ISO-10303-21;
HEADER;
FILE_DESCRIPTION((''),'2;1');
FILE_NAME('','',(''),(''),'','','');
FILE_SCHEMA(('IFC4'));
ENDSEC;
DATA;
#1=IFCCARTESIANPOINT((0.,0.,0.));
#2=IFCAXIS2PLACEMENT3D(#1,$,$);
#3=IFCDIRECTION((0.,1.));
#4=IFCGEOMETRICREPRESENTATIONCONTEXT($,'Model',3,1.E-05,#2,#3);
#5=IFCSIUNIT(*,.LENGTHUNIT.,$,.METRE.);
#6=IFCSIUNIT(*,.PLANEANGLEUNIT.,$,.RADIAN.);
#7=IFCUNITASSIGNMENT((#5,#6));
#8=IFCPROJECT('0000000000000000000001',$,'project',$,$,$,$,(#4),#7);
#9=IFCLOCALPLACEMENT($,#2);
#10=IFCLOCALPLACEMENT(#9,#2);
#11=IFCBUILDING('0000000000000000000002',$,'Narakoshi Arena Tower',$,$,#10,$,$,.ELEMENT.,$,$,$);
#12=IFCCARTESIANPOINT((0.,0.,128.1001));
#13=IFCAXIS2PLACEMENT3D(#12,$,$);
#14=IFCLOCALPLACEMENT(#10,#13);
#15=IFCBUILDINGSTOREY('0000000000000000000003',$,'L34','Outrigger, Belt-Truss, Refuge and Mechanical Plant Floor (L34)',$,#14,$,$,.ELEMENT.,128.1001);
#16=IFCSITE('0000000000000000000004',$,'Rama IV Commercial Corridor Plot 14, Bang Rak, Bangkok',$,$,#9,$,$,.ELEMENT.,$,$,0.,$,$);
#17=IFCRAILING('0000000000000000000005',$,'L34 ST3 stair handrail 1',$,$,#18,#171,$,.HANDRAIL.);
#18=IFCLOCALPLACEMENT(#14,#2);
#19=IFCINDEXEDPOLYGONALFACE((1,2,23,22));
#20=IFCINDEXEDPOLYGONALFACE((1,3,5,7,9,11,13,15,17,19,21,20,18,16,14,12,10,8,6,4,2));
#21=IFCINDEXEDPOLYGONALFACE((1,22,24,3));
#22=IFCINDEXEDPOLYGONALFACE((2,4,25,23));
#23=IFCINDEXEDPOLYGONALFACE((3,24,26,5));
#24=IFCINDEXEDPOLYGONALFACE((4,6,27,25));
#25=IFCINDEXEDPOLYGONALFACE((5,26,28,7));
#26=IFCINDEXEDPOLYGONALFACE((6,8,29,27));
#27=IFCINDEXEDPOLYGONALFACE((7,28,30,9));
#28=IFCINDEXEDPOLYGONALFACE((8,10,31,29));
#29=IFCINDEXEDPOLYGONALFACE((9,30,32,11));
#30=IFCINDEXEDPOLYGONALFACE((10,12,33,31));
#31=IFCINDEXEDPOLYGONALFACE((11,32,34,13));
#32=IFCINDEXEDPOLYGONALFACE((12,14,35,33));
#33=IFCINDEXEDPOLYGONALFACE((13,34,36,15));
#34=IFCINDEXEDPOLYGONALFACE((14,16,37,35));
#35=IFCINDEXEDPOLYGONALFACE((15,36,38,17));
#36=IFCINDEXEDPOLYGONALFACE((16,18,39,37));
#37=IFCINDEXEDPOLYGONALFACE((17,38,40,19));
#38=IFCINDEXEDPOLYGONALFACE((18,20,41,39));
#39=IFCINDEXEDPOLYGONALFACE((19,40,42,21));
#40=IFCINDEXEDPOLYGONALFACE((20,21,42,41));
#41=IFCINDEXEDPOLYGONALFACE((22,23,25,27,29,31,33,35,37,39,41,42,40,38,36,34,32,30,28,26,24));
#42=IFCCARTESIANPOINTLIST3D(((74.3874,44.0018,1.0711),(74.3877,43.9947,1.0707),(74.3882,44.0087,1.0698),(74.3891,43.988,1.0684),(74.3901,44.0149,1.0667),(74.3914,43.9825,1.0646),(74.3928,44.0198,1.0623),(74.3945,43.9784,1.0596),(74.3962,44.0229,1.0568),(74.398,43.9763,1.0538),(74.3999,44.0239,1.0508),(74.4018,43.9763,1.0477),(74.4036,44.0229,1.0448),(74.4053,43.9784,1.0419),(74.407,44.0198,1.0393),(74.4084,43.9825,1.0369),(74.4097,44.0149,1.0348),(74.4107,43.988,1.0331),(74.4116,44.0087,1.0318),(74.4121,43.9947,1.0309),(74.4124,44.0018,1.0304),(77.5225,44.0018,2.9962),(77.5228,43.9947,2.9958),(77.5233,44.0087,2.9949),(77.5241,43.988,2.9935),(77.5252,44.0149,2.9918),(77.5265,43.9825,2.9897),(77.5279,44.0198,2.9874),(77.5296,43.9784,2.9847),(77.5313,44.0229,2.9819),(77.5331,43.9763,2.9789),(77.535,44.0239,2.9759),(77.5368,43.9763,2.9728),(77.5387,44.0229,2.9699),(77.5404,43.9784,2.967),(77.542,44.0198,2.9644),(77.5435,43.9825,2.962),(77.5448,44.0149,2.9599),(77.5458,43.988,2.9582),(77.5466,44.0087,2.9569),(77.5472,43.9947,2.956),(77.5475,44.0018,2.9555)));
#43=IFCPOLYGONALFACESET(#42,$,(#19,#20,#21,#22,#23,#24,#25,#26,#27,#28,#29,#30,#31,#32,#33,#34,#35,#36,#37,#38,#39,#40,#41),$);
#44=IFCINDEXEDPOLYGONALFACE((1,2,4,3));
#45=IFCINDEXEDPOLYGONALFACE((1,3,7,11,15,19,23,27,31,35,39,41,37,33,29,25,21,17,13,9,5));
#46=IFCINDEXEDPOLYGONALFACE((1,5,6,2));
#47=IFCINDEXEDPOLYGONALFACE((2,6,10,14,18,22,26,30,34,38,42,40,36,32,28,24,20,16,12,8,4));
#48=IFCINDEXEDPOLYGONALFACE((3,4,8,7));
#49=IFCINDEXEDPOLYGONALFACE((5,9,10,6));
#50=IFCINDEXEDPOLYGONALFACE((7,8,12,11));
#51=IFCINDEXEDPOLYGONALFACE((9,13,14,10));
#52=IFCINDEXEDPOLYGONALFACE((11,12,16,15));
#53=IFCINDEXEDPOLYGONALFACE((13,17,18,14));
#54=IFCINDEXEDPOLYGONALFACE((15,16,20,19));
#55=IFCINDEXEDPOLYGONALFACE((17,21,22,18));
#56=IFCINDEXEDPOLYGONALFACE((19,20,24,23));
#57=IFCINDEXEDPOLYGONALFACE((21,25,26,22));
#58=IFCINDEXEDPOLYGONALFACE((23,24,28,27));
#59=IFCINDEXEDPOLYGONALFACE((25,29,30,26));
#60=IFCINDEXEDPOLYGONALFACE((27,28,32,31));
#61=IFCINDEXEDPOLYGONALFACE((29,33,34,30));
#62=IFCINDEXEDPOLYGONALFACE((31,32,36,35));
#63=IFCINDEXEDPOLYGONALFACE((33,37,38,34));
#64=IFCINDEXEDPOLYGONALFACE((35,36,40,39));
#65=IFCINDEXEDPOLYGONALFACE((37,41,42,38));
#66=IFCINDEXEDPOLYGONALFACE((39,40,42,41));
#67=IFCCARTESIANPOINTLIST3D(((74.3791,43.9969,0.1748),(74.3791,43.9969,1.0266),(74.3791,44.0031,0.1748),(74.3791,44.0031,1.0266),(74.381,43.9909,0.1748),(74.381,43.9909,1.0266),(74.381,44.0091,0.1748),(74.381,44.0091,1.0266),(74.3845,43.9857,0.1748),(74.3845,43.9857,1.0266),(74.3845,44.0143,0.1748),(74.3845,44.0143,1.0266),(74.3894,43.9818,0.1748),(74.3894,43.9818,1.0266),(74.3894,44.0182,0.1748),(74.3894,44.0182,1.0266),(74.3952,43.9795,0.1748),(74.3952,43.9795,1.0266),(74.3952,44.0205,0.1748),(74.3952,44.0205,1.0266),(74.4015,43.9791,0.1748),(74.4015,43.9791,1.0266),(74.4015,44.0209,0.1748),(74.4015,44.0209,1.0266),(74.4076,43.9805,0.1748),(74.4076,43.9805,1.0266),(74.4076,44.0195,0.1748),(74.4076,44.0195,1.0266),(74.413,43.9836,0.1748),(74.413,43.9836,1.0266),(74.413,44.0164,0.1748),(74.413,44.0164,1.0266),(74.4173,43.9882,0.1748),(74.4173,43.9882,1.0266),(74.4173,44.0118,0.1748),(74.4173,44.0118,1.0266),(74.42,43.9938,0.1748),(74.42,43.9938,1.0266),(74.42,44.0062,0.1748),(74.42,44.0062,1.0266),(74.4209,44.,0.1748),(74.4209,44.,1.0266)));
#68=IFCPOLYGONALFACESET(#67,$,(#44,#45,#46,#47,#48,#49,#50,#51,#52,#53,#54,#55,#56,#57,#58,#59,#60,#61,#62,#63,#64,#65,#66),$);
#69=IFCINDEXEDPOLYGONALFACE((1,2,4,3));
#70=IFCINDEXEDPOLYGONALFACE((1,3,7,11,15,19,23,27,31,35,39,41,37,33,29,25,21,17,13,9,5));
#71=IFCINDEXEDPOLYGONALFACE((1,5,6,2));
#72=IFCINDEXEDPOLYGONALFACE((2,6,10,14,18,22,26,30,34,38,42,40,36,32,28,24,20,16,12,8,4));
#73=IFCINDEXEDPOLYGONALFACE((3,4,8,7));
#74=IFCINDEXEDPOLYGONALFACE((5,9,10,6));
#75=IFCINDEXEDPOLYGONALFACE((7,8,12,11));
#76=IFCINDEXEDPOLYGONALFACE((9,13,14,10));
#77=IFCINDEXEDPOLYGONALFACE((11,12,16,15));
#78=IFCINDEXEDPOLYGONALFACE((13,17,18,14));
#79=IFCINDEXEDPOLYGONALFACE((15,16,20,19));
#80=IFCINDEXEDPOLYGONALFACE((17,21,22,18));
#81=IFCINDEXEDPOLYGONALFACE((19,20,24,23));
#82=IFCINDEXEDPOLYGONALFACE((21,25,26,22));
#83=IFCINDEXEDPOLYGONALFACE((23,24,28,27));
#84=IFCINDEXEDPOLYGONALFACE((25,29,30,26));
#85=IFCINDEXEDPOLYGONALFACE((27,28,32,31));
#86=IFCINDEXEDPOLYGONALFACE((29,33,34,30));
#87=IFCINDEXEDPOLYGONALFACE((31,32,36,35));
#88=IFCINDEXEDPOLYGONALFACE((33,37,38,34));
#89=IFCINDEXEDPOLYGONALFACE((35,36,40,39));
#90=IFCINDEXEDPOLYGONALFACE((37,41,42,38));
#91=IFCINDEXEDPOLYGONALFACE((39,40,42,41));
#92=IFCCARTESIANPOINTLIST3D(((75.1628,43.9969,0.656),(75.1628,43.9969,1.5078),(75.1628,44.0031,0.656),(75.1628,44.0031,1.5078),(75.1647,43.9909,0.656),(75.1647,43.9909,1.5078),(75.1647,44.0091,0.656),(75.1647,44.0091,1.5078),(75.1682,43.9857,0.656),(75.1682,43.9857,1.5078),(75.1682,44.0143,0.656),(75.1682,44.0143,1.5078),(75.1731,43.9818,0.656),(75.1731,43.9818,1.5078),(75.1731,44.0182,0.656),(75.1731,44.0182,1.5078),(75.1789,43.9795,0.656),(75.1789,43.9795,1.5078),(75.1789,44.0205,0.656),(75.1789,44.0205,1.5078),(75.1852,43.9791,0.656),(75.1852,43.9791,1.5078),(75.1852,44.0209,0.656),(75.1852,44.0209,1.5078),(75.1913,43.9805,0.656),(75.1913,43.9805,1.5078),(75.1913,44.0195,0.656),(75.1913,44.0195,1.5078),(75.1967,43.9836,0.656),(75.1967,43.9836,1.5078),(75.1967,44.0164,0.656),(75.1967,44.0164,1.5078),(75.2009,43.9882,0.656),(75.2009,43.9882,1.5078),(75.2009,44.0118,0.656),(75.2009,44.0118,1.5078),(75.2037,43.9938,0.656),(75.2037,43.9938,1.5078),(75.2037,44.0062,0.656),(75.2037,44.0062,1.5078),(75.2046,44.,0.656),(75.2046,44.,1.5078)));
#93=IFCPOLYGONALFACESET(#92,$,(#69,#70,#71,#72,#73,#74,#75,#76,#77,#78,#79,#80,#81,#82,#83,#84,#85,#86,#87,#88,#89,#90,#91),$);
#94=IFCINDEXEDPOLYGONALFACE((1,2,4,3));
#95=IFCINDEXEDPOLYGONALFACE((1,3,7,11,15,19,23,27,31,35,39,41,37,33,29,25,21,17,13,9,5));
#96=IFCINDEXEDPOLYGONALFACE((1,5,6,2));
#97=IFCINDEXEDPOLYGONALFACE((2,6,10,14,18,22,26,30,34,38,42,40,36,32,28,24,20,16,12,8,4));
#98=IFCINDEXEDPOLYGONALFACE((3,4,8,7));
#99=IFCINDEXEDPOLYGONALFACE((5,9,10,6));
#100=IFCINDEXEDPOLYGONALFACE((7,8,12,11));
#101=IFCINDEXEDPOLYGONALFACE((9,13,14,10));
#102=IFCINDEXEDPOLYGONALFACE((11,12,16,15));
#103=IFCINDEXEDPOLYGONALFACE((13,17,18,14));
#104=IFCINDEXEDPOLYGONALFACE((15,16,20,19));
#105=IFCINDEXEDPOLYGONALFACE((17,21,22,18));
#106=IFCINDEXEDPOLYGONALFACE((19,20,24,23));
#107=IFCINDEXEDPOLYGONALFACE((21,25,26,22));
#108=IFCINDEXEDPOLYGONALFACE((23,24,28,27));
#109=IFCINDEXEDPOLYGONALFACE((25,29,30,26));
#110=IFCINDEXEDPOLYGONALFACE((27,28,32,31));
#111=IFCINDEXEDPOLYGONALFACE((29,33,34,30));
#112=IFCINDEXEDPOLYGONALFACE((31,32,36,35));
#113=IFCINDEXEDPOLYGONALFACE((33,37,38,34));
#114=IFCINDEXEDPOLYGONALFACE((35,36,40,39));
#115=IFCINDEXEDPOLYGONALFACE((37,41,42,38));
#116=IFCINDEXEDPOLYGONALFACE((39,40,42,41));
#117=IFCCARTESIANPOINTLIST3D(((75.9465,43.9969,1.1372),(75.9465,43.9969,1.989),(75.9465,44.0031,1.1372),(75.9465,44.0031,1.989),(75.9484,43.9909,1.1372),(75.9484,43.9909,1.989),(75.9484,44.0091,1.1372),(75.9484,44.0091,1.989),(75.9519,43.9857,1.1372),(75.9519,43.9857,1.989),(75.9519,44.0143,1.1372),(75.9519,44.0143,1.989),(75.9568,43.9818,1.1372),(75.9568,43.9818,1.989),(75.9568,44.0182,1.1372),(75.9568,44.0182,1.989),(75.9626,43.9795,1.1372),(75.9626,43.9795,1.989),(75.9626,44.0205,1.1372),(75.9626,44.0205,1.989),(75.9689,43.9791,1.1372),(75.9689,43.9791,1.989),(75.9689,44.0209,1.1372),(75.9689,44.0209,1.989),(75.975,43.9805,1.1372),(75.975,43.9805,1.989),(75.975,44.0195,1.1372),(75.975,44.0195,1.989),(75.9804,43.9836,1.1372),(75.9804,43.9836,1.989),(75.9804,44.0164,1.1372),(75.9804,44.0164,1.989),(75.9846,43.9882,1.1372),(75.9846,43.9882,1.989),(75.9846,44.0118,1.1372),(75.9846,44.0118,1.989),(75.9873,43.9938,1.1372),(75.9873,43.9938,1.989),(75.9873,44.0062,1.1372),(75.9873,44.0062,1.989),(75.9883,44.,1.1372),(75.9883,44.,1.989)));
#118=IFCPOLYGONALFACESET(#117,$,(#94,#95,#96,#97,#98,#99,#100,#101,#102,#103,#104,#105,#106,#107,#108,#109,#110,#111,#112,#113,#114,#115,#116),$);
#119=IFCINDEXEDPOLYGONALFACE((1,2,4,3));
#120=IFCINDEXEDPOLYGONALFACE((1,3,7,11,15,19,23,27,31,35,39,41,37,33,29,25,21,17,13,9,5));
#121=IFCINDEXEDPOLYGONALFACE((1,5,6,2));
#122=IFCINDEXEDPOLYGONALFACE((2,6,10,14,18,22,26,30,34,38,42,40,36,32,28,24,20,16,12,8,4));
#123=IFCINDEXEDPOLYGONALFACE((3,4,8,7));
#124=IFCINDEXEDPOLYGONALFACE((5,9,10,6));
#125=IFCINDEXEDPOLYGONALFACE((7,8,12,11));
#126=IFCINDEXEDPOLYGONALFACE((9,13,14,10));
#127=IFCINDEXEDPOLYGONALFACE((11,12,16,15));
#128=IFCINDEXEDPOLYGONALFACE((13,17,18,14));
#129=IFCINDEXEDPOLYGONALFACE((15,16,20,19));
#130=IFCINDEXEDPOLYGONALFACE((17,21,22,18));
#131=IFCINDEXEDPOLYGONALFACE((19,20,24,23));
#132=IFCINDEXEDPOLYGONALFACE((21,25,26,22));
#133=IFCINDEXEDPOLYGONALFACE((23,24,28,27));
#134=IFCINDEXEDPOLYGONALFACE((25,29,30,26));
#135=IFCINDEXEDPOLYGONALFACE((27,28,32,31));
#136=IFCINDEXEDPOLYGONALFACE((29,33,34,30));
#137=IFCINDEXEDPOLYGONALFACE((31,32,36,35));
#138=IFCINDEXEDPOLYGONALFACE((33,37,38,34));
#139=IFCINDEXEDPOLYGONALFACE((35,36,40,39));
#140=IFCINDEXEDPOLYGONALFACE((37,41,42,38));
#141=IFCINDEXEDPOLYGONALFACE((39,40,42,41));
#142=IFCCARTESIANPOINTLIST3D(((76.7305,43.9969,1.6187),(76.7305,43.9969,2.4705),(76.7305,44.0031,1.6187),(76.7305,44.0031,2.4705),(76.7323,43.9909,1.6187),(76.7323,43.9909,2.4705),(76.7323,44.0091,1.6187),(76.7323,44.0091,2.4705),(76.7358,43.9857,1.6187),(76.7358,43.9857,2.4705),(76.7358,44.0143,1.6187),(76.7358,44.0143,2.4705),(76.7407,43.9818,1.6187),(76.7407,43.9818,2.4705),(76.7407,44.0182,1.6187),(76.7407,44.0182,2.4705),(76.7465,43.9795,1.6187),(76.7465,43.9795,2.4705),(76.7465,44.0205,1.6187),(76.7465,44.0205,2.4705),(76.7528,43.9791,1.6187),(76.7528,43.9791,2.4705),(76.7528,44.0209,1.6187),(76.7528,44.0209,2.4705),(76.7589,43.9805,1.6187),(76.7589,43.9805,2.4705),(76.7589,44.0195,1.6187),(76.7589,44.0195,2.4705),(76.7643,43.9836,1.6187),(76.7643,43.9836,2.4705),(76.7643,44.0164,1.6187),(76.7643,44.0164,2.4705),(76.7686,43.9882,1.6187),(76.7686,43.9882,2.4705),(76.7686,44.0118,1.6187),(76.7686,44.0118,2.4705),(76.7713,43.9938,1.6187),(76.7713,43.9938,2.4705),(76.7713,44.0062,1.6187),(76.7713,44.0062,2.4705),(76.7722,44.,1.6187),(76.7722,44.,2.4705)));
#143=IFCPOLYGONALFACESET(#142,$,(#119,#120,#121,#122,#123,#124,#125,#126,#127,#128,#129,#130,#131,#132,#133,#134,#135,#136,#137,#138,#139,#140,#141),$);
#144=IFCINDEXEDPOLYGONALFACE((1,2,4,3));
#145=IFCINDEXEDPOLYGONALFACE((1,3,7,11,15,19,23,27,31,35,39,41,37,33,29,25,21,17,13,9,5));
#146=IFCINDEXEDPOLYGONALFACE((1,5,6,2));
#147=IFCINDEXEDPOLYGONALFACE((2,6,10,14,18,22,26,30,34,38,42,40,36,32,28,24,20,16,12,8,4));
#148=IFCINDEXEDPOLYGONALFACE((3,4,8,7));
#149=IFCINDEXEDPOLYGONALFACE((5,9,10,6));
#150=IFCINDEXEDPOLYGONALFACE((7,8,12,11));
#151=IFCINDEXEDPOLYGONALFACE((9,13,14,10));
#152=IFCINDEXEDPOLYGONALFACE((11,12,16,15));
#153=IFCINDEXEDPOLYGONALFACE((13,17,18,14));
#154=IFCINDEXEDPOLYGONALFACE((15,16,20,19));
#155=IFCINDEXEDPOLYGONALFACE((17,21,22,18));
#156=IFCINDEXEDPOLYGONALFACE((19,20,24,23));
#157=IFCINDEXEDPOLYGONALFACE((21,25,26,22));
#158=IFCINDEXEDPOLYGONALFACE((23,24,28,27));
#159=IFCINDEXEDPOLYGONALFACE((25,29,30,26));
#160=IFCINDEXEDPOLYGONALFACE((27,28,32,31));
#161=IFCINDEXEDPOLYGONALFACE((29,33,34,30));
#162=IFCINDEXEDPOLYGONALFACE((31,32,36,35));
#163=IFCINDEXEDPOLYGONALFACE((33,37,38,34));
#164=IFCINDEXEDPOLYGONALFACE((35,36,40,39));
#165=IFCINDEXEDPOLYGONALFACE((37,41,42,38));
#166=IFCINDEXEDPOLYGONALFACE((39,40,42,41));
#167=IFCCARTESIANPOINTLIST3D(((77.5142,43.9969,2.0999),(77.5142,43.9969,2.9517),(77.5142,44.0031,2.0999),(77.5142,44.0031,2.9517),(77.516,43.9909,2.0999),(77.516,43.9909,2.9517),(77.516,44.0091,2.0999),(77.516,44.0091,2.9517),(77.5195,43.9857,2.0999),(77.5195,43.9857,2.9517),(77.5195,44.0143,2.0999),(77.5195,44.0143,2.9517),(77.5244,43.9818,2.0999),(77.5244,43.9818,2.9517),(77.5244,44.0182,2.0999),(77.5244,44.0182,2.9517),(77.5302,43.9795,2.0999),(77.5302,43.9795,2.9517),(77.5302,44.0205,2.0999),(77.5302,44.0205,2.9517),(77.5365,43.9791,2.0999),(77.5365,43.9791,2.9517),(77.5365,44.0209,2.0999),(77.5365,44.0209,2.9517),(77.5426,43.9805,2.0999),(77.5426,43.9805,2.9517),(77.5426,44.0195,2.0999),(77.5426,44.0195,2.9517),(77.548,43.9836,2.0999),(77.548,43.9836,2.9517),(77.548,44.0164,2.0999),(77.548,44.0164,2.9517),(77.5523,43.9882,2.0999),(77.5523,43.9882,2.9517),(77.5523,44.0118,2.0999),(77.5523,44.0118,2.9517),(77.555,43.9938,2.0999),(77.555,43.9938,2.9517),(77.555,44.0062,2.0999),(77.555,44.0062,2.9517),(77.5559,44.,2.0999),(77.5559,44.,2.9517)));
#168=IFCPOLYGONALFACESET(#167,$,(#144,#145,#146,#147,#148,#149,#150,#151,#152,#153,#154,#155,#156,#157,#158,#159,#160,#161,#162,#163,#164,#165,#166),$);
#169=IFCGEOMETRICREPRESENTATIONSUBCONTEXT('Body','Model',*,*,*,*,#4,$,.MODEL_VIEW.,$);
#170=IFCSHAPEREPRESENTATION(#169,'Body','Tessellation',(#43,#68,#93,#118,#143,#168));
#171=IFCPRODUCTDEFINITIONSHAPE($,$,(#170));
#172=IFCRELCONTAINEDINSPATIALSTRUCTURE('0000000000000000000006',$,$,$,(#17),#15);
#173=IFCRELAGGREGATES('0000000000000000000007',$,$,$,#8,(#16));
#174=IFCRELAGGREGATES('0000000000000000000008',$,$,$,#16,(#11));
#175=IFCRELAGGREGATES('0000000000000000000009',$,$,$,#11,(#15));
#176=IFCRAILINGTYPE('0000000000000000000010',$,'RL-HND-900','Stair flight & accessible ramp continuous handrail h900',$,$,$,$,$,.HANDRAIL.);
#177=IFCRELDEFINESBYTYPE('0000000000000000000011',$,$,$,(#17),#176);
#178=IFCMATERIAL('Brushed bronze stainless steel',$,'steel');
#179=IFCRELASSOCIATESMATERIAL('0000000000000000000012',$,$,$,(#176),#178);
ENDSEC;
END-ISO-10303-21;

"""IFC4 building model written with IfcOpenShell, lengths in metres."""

from ifc_helpers import new_model, si_unit, direction, frame, origin, origin_2d, place, context, subcontext, project, spatial, circle, extrude, material, type_object, element, save


model = new_model("IFC4")

# Units and contexts
model_context = context("Model", 3, precision=1e-05, world=origin(), true_north=direction((0.0, 1.0)))
body_context = subcontext(model_context, "Body", "Model", "MODEL_VIEW")
ifc_project = project(units=[si_unit("LENGTHUNIT", "METRE"), si_unit("PLANEANGLEUNIT", "RADIAN")], contexts=[model_context])

# Site, building, storey
site_placement = place(None, origin())
site = spatial("IfcSite", under=ifc_project, at=site_placement, Name="Rama IV Commercial Corridor Plot 14, Bang Rak, Bangkok", CompositionType="ELEMENT", RefElevation=0.0)
building_placement = place(site_placement, origin())
building = spatial("IfcBuilding", under=site, at=building_placement, Name="Narakoshi Arena Tower", CompositionType="ELEMENT")
storey_placement = place(building_placement, frame((0.0, 0.0, 128.1001)))
storey = spatial("IfcBuildingStorey", under=building, at=storey_placement, Name="L34", Description="Outrigger, Belt-Truss, Refuge and Mechanical Plant Floor (L34)", CompositionType="ELEMENT", Elevation=128.1001)

# Railing
ifc_material_1 = material(Name="Brushed bronze stainless steel", Category="steel")
railing_type_1 = type_object("IfcRailingType", Name="RL-HND-900", Description="Stair flight & accessible ramp continuous handrail h900", PredefinedType="HANDRAIL", material=ifc_material_1)
railing_1_placement = place(storey_placement, frame((74.3999, 44.0, 0.1748)))
element("IfcRailing", 1, at=railing_1_placement, inside=storey, type_object=railing_type_1, Name="L34 ST3 stair handrail 1", PredefinedType="HANDRAIL", context=body_context, shape_type="SweptSolid", body=[
    extrude(circle(Radius=0.0239, at=origin_2d()), frame((0.0, 0.0, 0.876), z_axis=(0.852166, 0.0, 0.523271), x_axis=(0.0, 1.0, 0.0)), (0.0, 0.0, 1.0), 3.679),
    extrude(circle(Radius=0.021, at=origin_2d()), origin(), (0.0, 0.0, 1.0), 0.8518),
    extrude(circle(Radius=0.021, at=origin_2d()), frame((0.7837, 0.0, 0.4812)), (0.0, 0.0, 1.0), 0.8518),
    extrude(circle(Radius=0.021, at=origin_2d()), frame((1.5674, 0.0, 0.9624)), (0.0, 0.0, 1.0), 0.8518),
    extrude(circle(Radius=0.021, at=origin_2d()), frame((2.3513, 0.0, 1.4438)), (0.0, 0.0, 1.0), 0.8518),
    extrude(circle(Radius=0.021, at=origin_2d()), frame((3.135, 0.0, 1.925)), (0.0, 0.0, 1.0), 0.8518),
])

save(model, "model.ifc")
